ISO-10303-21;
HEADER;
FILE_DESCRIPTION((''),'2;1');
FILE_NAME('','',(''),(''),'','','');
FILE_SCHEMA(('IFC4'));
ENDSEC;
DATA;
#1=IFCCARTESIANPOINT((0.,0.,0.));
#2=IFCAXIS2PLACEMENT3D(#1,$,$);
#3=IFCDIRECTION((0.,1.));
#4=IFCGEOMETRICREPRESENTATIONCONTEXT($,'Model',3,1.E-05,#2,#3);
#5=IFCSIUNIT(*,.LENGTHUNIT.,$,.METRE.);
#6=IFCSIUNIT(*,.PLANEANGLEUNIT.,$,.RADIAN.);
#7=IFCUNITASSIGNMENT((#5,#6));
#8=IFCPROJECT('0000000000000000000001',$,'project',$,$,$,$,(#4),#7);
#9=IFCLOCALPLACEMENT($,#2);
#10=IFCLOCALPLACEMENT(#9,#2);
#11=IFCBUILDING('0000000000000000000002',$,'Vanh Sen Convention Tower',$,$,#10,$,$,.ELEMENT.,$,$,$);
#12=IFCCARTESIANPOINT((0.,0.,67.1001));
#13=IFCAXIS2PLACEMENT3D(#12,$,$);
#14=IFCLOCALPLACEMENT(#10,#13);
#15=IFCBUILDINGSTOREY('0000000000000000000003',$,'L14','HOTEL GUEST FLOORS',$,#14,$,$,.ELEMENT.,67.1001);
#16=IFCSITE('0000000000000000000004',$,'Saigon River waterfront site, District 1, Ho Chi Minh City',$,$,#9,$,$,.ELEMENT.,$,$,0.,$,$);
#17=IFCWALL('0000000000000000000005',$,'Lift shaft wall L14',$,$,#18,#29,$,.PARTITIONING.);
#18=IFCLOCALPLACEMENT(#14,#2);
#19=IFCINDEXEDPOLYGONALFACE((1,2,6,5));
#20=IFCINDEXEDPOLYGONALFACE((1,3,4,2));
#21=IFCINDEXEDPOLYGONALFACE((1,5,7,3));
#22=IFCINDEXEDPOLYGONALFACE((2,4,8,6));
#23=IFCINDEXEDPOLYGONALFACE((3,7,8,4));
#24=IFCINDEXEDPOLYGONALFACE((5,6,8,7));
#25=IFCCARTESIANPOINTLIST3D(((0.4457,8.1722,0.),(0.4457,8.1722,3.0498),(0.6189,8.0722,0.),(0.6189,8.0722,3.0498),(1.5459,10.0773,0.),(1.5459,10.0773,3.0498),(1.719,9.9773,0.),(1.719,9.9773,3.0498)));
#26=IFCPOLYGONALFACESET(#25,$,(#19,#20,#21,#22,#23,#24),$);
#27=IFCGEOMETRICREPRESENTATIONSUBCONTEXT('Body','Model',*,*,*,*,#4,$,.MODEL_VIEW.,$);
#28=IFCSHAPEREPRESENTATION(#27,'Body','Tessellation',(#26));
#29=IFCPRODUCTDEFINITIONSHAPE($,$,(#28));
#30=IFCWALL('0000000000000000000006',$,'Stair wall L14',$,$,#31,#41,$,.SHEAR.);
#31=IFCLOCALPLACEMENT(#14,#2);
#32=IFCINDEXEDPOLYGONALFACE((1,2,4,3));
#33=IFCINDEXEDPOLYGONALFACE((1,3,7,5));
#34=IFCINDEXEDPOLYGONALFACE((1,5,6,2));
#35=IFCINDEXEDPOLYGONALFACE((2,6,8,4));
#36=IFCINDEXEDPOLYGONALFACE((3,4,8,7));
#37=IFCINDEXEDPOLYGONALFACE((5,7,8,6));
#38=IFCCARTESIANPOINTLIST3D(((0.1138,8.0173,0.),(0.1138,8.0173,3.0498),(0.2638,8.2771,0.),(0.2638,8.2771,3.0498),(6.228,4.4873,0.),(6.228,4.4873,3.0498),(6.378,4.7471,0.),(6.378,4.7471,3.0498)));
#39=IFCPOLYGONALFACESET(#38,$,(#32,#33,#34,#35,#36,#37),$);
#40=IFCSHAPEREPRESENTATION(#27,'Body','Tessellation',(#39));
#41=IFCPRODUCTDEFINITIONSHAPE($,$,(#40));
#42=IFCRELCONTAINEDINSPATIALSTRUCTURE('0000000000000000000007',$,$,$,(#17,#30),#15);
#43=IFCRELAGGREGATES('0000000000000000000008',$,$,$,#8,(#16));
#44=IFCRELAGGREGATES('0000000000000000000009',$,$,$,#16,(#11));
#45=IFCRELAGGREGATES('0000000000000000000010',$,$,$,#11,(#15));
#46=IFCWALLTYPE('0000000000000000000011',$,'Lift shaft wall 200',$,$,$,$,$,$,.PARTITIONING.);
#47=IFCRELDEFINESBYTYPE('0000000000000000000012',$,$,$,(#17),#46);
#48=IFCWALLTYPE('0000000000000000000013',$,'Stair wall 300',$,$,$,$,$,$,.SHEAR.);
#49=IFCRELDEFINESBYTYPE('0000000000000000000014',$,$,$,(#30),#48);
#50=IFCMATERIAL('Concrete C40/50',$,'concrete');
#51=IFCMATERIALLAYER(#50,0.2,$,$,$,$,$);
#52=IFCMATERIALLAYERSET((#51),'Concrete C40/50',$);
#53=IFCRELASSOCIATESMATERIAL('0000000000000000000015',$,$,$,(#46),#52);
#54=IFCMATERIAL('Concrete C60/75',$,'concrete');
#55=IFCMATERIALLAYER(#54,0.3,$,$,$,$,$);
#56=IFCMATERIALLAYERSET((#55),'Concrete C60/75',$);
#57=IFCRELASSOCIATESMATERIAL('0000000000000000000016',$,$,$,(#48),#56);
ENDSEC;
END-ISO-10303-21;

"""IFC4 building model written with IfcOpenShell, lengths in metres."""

from ifc_helpers import new_model, si_unit, direction, frame, frame_2d, origin, place, context, subcontext, project, spatial, rectangle, extrude, material, layer, layer_set, type_object, element, save


model = new_model("IFC4")

# Units and contexts
model_context = context("Model", 3, precision=1e-05, world=origin(), true_north=direction((0.0, 1.0)))
body_context = subcontext(model_context, "Body", "Model", "MODEL_VIEW")
ifc_project = project(units=[si_unit("LENGTHUNIT", "METRE"), si_unit("PLANEANGLEUNIT", "RADIAN")], contexts=[model_context])

# Site, building, storey
site_placement = place(None, origin())
site = spatial("IfcSite", under=ifc_project, at=site_placement, Name="Saigon River waterfront site, District 1, Ho Chi Minh City", CompositionType="ELEMENT", RefElevation=0.0)
building_placement = place(site_placement, origin())
building = spatial("IfcBuilding", under=site, at=building_placement, Name="Vanh Sen Convention Tower", CompositionType="ELEMENT")
storey_placement = place(building_placement, frame((0.0, 0.0, 67.1001)))
storey = spatial("IfcBuildingStorey", under=building, at=storey_placement, Name="L14", Description="HOTEL GUEST FLOORS", CompositionType="ELEMENT", Elevation=67.1001)

# Shared definitions
ifc_material_1 = material(Name="Concrete C60/75", Category="concrete")

# Walls
ifc_material_2 = material(Name="Concrete C40/50", Category="concrete")
ifc_layer_1 = layer(ifc_material_2, 0.2)
ifc_layer_set_1 = layer_set([ifc_layer_1], Name="Concrete C40/50")
wall_type_1 = type_object("IfcWallType", Name="Lift shaft wall 200", PredefinedType="PARTITIONING", material=ifc_layer_set_1)
for number, where, z_axis, x_axis, name in (
    (1, (0.5322, 8.1221, 0.0), (0.0, 0.0, 1.0), (0.500078, 0.86598, 0.0), "Lift shaft wall L14"),
):
    element("IfcWall", number, at=place(storey_placement, frame(where, z_axis=z_axis, x_axis=x_axis)), inside=storey, type_object=wall_type_1, Name=name, PredefinedType="PARTITIONING", context=body_context, shape_type="SweptSolid", body=[
        extrude(rectangle(XDim=2.2, YDim=0.2, at=frame_2d((1.1001, 0.0))), origin(), (0.0, 0.0, 1.0), 3.0498),
    ])
ifc_layer_2 = layer(ifc_material_1, 0.3)
ifc_layer_set_2 = layer_set([ifc_layer_2], Name="Concrete C60/75")
wall_type_2 = type_object("IfcWallType", Name="Stair wall 300", PredefinedType="SHEAR", material=ifc_layer_set_2)
wall_1_placement = place(storey_placement, frame((6.303, 4.6172, 0.0), z_axis=(0.0, 0.0, 1.0), x_axis=(-0.866028, 0.499996, 0.0)))
element("IfcWall", 2, at=wall_1_placement, inside=storey, type_object=wall_type_2, Name="Stair wall L14", PredefinedType="SHEAR", context=body_context, shape_type="SweptSolid", body=[
    extrude(rectangle(XDim=7.0601, YDim=0.3, at=frame_2d((3.53, 0.0))), origin(), (0.0, 0.0, 1.0), 3.0498),
])

save(model, "model.ifc")
